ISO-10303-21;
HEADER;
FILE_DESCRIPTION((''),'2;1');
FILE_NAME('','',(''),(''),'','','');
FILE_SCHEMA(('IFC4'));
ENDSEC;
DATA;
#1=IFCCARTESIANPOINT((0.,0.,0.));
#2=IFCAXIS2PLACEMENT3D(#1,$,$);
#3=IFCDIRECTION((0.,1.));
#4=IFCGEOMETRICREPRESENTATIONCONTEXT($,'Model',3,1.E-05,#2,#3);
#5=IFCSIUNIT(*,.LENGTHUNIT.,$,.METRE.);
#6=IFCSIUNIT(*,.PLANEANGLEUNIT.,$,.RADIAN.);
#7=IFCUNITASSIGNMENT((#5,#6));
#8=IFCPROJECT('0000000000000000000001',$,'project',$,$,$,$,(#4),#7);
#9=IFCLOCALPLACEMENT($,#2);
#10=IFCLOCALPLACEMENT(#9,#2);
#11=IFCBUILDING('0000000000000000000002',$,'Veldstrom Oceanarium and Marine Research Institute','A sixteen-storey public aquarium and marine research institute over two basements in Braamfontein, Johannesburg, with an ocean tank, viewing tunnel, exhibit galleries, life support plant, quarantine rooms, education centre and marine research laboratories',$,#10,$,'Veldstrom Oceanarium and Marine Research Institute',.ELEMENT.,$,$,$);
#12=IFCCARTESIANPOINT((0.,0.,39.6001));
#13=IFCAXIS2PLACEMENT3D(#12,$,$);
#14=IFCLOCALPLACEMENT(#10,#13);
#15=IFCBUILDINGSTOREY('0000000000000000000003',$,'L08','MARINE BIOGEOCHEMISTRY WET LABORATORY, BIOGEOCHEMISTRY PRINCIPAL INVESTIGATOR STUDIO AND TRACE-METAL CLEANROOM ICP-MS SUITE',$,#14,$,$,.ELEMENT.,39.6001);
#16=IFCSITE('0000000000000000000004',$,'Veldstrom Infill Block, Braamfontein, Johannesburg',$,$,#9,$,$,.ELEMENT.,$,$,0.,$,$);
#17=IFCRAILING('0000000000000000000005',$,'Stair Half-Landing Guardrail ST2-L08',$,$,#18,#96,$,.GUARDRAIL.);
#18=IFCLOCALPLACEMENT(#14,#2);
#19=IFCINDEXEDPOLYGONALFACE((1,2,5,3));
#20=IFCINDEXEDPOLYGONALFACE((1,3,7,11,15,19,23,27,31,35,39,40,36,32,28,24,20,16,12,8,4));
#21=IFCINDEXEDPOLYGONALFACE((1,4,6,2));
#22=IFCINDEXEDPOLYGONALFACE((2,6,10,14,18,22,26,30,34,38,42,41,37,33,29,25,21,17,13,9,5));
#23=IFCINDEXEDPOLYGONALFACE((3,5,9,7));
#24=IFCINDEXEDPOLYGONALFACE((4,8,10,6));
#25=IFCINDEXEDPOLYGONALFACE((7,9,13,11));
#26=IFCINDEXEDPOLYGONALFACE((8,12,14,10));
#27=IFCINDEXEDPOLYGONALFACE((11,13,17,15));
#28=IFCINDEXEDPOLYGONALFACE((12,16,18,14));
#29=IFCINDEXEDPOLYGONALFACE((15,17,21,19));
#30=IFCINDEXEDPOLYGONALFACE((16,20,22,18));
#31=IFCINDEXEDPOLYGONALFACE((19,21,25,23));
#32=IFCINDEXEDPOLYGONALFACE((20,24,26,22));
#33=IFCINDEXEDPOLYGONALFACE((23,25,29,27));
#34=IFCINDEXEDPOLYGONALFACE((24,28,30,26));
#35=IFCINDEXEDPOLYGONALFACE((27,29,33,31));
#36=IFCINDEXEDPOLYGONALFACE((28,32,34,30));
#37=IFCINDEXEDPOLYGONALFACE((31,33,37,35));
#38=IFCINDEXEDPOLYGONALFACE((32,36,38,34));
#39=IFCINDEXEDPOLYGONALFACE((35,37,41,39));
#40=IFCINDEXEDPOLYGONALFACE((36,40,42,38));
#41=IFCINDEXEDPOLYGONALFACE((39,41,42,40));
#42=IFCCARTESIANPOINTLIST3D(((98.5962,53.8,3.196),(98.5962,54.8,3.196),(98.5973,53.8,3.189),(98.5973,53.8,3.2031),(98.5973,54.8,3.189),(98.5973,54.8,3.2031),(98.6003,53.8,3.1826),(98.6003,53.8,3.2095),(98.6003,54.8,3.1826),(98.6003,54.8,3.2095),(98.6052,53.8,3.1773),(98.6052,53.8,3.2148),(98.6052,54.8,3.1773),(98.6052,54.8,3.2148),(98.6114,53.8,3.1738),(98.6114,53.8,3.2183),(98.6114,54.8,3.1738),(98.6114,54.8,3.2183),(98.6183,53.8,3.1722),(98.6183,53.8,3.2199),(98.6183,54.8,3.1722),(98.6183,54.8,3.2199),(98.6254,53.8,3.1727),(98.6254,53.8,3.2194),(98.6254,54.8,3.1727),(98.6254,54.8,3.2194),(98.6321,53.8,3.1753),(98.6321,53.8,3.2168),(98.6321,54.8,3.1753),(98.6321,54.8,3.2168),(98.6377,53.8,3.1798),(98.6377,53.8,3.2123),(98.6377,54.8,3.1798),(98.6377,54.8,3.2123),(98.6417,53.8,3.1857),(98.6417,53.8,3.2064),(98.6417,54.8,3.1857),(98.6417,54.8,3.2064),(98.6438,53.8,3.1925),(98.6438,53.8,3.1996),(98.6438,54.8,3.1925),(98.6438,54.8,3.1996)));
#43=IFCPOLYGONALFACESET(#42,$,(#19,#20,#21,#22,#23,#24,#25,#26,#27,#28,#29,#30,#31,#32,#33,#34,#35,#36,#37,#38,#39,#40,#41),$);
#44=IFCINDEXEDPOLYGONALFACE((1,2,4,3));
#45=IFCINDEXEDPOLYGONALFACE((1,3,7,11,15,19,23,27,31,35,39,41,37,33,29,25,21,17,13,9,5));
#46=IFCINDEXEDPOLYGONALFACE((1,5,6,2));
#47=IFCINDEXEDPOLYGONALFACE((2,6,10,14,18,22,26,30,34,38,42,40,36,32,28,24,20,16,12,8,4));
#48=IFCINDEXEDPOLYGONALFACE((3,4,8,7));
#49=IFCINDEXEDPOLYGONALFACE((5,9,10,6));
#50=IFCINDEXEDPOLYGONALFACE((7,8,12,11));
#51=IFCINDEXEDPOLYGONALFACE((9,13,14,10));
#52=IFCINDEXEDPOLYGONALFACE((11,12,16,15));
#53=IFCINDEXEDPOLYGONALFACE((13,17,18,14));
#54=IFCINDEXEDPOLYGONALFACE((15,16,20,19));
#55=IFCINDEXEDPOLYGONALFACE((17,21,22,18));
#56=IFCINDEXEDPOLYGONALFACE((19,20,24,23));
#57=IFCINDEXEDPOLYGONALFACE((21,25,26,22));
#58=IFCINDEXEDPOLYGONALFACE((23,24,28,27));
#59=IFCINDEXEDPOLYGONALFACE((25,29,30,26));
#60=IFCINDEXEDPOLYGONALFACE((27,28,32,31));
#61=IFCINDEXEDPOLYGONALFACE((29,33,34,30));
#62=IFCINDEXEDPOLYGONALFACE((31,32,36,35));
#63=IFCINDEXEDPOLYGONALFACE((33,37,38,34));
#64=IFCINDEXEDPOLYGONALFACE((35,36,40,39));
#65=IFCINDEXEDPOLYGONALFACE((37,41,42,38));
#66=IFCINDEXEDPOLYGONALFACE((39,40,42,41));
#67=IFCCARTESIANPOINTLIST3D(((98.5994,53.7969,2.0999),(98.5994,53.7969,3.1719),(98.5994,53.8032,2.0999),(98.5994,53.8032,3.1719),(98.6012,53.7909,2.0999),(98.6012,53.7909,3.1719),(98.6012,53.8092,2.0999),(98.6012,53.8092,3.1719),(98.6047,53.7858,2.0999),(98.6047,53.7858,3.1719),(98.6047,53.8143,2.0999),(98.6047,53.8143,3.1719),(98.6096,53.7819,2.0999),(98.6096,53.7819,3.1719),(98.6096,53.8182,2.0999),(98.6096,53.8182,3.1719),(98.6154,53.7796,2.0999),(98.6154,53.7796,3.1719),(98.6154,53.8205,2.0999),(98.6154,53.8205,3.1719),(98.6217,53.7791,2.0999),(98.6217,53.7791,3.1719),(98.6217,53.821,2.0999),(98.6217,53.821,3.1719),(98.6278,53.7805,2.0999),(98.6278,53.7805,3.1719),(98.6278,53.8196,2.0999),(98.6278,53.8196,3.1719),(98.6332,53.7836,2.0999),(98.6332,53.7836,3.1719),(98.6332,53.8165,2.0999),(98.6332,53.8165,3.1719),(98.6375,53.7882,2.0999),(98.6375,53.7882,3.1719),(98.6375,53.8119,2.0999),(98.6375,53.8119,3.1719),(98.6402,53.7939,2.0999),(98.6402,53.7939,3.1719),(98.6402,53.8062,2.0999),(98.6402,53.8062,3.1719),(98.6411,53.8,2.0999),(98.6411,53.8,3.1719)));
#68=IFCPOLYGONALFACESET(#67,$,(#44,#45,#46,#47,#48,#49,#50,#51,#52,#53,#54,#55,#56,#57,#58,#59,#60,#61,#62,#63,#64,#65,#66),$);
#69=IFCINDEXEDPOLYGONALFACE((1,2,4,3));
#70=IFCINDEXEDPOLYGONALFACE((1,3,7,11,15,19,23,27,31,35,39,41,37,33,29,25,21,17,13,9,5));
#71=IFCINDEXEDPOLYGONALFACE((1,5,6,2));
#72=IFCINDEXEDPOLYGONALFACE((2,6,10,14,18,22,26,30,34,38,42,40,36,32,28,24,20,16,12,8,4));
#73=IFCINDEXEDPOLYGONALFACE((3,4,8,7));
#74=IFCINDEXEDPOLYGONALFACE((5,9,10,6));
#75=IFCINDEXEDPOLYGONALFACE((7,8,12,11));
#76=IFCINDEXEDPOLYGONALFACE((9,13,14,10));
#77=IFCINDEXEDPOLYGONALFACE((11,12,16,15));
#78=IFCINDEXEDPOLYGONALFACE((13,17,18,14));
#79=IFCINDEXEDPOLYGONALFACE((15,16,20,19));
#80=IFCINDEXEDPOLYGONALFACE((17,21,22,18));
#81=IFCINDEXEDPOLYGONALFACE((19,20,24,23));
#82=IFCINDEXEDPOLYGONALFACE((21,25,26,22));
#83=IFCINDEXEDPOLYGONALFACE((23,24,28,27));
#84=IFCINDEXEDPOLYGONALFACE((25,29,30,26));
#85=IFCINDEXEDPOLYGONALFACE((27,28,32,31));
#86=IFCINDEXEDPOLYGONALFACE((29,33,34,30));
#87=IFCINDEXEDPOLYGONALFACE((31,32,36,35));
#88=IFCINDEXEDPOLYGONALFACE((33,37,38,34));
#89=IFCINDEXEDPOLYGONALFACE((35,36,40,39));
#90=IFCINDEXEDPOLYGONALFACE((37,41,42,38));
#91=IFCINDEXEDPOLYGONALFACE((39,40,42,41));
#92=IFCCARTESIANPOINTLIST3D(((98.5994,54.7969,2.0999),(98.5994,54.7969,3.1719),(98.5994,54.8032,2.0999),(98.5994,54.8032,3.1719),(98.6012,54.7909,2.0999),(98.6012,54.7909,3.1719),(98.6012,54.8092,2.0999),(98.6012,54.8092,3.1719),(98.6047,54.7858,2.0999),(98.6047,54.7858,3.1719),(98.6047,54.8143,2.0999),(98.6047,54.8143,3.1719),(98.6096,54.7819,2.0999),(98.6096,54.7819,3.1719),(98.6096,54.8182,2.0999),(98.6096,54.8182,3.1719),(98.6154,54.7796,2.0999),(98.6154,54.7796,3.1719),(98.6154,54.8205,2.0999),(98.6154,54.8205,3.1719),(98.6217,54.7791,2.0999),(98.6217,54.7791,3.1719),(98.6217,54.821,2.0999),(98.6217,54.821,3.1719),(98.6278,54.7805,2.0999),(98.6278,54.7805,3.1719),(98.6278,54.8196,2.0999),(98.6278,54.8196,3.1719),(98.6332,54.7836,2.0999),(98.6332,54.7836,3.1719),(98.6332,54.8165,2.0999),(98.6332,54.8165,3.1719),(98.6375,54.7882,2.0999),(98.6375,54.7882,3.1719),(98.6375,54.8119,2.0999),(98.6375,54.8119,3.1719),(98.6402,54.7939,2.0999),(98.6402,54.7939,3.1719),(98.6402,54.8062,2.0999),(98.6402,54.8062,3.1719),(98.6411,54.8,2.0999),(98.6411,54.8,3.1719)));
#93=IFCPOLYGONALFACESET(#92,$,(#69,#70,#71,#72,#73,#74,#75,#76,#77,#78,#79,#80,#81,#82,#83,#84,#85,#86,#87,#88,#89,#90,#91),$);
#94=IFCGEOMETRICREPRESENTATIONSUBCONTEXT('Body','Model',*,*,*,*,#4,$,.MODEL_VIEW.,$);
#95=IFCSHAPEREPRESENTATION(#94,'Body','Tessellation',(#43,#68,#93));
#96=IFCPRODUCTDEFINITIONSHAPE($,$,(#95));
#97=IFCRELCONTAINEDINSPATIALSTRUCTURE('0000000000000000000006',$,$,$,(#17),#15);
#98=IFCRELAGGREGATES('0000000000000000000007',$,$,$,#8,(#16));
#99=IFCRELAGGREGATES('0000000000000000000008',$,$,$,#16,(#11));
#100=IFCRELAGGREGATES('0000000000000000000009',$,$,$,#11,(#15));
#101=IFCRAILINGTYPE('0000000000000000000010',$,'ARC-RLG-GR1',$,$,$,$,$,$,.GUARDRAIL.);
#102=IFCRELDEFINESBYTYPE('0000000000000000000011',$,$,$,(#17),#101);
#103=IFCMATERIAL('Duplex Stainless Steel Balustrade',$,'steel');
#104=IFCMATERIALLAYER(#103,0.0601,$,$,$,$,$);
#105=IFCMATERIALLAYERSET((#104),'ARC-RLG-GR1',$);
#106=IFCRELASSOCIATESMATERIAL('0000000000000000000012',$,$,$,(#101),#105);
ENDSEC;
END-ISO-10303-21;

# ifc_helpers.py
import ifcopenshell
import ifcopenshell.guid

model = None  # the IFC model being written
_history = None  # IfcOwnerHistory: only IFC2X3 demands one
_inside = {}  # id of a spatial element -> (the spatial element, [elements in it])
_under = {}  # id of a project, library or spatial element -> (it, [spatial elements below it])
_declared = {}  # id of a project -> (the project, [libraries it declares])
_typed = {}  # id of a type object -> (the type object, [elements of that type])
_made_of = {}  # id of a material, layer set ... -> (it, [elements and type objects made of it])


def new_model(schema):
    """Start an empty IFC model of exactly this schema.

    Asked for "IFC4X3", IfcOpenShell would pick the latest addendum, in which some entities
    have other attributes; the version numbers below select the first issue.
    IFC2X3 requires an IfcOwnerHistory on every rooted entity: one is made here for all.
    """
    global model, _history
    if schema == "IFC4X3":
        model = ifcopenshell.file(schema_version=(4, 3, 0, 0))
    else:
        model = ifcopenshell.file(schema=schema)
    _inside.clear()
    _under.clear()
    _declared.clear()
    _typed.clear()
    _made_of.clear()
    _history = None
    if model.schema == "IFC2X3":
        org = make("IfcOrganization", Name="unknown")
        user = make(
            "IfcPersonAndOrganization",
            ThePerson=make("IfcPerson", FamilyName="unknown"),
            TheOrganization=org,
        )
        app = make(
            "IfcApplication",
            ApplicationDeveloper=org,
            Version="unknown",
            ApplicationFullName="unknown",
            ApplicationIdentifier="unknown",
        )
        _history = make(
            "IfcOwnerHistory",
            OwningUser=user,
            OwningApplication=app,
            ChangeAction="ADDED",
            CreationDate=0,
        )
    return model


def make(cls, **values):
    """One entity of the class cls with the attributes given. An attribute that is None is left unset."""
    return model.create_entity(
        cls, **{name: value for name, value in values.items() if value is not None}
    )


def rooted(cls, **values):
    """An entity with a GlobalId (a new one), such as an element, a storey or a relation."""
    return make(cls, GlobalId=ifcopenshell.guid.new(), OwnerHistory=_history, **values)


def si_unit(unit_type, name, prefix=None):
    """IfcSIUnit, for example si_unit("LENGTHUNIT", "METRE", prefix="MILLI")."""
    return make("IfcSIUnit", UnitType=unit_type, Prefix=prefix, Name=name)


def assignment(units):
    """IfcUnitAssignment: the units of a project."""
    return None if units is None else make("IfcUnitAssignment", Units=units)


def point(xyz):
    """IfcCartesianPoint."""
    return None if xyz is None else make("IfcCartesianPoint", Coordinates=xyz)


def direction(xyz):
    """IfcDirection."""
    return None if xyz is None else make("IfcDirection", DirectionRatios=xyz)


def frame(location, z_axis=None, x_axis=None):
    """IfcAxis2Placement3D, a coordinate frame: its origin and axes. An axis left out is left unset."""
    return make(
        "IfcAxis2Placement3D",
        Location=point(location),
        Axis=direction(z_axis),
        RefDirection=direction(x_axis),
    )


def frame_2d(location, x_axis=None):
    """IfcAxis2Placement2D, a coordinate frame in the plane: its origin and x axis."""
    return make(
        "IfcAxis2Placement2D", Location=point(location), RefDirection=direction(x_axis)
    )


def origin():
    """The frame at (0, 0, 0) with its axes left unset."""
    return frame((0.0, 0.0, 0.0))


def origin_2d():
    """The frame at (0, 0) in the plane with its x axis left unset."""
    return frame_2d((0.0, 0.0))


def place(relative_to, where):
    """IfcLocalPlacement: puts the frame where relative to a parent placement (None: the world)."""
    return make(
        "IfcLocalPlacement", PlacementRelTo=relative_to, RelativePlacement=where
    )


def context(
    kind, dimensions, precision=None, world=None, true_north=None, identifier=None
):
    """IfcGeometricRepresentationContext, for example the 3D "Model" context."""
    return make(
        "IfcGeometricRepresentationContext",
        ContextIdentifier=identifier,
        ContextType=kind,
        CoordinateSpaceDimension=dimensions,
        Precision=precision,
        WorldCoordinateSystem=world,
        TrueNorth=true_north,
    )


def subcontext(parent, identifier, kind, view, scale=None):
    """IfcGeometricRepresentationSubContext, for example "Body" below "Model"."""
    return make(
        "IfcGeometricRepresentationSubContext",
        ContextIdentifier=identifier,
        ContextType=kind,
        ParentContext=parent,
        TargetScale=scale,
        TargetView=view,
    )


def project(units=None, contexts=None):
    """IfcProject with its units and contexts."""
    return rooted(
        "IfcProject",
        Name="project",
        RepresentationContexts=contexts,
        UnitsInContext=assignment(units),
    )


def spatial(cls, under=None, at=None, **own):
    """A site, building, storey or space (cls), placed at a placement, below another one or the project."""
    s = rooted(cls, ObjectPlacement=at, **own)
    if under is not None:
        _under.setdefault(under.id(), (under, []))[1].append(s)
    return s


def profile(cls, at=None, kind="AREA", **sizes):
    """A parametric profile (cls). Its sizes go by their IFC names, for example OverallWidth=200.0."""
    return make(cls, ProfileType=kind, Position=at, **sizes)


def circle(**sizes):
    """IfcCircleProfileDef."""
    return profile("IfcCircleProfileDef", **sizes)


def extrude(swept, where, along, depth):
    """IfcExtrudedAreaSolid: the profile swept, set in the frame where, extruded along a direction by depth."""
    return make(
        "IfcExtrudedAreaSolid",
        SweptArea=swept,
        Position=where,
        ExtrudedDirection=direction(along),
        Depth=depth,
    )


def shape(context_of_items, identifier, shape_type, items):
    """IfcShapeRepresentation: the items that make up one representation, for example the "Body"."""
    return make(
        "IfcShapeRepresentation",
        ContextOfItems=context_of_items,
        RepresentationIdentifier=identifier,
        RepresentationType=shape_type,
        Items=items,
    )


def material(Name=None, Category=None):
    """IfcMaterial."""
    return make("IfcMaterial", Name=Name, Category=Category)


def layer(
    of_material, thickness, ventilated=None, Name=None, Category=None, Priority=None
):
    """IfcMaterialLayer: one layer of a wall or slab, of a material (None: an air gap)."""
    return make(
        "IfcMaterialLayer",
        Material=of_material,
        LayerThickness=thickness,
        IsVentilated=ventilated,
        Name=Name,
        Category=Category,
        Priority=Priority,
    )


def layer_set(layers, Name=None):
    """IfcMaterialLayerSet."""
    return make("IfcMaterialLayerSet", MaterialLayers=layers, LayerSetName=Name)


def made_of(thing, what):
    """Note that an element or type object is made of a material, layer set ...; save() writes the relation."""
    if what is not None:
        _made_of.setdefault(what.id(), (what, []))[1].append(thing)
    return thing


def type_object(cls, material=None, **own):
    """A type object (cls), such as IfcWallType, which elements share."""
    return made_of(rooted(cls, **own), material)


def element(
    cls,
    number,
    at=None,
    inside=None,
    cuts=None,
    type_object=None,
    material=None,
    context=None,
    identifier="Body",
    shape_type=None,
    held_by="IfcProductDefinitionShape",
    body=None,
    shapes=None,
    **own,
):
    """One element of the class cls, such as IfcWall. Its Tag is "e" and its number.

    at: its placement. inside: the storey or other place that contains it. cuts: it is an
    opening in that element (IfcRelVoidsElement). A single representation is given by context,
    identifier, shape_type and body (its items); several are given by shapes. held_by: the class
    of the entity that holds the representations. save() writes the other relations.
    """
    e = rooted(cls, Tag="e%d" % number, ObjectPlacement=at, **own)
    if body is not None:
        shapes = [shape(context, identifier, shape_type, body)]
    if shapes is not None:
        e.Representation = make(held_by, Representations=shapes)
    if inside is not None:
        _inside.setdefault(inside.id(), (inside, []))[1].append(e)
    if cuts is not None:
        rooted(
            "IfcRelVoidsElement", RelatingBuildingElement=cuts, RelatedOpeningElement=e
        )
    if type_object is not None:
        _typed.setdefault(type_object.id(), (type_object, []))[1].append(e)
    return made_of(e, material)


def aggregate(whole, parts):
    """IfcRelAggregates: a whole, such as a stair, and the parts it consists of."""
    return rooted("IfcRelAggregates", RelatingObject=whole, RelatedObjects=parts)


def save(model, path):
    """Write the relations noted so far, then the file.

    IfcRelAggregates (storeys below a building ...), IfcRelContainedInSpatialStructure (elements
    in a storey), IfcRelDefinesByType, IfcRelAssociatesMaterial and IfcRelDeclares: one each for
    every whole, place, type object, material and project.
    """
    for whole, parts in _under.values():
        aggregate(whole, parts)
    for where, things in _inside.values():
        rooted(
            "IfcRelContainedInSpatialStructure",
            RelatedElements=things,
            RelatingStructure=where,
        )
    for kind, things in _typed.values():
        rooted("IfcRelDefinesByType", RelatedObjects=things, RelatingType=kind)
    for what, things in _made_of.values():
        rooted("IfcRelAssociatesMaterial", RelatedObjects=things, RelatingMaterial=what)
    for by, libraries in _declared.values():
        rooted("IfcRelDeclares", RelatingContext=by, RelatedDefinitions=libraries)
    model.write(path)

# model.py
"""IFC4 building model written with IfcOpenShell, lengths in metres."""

from ifc_helpers import new_model, si_unit, direction, frame, origin, origin_2d, place, context, subcontext, project, spatial, circle, extrude, material, layer, layer_set, type_object, element, save


model = new_model("IFC4")

# Units and contexts
model_context = context("Model", 3, precision=1e-05, world=origin(), true_north=direction((0.0, 1.0)))
body_context = subcontext(model_context, "Body", "Model", "MODEL_VIEW")
ifc_project = project(units=[si_unit("LENGTHUNIT", "METRE"), si_unit("PLANEANGLEUNIT", "RADIAN")], contexts=[model_context])

# Site, building, storey
site_placement = place(None, origin())
site = spatial("IfcSite", under=ifc_project, at=site_placement, Name="Veldstrom Infill Block, Braamfontein, Johannesburg", CompositionType="ELEMENT", RefElevation=0.0)
building_placement = place(site_placement, origin())
building = spatial("IfcBuilding", under=site, at=building_placement, Name="Veldstrom Oceanarium and Marine Research Institute", Description="A sixteen-storey public aquarium and marine research institute over two basements in Braamfontein, Johannesburg, with an ocean tank, viewing tunnel, exhibit galleries, life support plant, quarantine rooms, education centre and marine research laboratories", LongName="Veldstrom Oceanarium and Marine Research Institute", CompositionType="ELEMENT")
storey_placement = place(building_placement, frame((0.0, 0.0, 39.6001)))
storey = spatial("IfcBuildingStorey", under=building, at=storey_placement, Name="L08", Description="MARINE BIOGEOCHEMISTRY WET LABORATORY, BIOGEOCHEMISTRY PRINCIPAL INVESTIGATOR STUDIO AND TRACE-METAL CLEANROOM ICP-MS SUITE", CompositionType="ELEMENT", Elevation=39.6001)

# Railing
ifc_material_1 = material(Name="Duplex Stainless Steel Balustrade", Category="steel")
ifc_layer_1 = layer(ifc_material_1, 0.0601)
ifc_layer_set_1 = layer_set([ifc_layer_1], Name="ARC-RLG-GR1")
railing_type_1 = type_object("IfcRailingType", Name="ARC-RLG-GR1", PredefinedType="GUARDRAIL", material=ifc_layer_set_1)
railing_1_placement = place(storey_placement, frame((98.6201, 53.8, 2.0999)))
element("IfcRailing", 1, at=railing_1_placement, inside=storey, type_object=railing_type_1, Name="Stair Half-Landing Guardrail ST2-L08", PredefinedType="GUARDRAIL", context=body_context, shape_type="SweptSolid", body=[
    extrude(circle(Radius=0.0239, at=origin_2d()), frame((0.0, 0.0, 1.0962), z_axis=(0.0, 1.0, 0.0), x_axis=(-1.0, 0.0, 0.0)), (0.0, 0.0, 1.0), 1.0),
    extrude(circle(Radius=0.021, at=origin_2d()), origin(), (0.0, 0.0, 1.0), 1.072),
    extrude(circle(Radius=0.021, at=origin_2d()), frame((0.0, 1.0, 0.0)), (0.0, 0.0, 1.0), 1.072),
])

save(model, "model.ifc")
